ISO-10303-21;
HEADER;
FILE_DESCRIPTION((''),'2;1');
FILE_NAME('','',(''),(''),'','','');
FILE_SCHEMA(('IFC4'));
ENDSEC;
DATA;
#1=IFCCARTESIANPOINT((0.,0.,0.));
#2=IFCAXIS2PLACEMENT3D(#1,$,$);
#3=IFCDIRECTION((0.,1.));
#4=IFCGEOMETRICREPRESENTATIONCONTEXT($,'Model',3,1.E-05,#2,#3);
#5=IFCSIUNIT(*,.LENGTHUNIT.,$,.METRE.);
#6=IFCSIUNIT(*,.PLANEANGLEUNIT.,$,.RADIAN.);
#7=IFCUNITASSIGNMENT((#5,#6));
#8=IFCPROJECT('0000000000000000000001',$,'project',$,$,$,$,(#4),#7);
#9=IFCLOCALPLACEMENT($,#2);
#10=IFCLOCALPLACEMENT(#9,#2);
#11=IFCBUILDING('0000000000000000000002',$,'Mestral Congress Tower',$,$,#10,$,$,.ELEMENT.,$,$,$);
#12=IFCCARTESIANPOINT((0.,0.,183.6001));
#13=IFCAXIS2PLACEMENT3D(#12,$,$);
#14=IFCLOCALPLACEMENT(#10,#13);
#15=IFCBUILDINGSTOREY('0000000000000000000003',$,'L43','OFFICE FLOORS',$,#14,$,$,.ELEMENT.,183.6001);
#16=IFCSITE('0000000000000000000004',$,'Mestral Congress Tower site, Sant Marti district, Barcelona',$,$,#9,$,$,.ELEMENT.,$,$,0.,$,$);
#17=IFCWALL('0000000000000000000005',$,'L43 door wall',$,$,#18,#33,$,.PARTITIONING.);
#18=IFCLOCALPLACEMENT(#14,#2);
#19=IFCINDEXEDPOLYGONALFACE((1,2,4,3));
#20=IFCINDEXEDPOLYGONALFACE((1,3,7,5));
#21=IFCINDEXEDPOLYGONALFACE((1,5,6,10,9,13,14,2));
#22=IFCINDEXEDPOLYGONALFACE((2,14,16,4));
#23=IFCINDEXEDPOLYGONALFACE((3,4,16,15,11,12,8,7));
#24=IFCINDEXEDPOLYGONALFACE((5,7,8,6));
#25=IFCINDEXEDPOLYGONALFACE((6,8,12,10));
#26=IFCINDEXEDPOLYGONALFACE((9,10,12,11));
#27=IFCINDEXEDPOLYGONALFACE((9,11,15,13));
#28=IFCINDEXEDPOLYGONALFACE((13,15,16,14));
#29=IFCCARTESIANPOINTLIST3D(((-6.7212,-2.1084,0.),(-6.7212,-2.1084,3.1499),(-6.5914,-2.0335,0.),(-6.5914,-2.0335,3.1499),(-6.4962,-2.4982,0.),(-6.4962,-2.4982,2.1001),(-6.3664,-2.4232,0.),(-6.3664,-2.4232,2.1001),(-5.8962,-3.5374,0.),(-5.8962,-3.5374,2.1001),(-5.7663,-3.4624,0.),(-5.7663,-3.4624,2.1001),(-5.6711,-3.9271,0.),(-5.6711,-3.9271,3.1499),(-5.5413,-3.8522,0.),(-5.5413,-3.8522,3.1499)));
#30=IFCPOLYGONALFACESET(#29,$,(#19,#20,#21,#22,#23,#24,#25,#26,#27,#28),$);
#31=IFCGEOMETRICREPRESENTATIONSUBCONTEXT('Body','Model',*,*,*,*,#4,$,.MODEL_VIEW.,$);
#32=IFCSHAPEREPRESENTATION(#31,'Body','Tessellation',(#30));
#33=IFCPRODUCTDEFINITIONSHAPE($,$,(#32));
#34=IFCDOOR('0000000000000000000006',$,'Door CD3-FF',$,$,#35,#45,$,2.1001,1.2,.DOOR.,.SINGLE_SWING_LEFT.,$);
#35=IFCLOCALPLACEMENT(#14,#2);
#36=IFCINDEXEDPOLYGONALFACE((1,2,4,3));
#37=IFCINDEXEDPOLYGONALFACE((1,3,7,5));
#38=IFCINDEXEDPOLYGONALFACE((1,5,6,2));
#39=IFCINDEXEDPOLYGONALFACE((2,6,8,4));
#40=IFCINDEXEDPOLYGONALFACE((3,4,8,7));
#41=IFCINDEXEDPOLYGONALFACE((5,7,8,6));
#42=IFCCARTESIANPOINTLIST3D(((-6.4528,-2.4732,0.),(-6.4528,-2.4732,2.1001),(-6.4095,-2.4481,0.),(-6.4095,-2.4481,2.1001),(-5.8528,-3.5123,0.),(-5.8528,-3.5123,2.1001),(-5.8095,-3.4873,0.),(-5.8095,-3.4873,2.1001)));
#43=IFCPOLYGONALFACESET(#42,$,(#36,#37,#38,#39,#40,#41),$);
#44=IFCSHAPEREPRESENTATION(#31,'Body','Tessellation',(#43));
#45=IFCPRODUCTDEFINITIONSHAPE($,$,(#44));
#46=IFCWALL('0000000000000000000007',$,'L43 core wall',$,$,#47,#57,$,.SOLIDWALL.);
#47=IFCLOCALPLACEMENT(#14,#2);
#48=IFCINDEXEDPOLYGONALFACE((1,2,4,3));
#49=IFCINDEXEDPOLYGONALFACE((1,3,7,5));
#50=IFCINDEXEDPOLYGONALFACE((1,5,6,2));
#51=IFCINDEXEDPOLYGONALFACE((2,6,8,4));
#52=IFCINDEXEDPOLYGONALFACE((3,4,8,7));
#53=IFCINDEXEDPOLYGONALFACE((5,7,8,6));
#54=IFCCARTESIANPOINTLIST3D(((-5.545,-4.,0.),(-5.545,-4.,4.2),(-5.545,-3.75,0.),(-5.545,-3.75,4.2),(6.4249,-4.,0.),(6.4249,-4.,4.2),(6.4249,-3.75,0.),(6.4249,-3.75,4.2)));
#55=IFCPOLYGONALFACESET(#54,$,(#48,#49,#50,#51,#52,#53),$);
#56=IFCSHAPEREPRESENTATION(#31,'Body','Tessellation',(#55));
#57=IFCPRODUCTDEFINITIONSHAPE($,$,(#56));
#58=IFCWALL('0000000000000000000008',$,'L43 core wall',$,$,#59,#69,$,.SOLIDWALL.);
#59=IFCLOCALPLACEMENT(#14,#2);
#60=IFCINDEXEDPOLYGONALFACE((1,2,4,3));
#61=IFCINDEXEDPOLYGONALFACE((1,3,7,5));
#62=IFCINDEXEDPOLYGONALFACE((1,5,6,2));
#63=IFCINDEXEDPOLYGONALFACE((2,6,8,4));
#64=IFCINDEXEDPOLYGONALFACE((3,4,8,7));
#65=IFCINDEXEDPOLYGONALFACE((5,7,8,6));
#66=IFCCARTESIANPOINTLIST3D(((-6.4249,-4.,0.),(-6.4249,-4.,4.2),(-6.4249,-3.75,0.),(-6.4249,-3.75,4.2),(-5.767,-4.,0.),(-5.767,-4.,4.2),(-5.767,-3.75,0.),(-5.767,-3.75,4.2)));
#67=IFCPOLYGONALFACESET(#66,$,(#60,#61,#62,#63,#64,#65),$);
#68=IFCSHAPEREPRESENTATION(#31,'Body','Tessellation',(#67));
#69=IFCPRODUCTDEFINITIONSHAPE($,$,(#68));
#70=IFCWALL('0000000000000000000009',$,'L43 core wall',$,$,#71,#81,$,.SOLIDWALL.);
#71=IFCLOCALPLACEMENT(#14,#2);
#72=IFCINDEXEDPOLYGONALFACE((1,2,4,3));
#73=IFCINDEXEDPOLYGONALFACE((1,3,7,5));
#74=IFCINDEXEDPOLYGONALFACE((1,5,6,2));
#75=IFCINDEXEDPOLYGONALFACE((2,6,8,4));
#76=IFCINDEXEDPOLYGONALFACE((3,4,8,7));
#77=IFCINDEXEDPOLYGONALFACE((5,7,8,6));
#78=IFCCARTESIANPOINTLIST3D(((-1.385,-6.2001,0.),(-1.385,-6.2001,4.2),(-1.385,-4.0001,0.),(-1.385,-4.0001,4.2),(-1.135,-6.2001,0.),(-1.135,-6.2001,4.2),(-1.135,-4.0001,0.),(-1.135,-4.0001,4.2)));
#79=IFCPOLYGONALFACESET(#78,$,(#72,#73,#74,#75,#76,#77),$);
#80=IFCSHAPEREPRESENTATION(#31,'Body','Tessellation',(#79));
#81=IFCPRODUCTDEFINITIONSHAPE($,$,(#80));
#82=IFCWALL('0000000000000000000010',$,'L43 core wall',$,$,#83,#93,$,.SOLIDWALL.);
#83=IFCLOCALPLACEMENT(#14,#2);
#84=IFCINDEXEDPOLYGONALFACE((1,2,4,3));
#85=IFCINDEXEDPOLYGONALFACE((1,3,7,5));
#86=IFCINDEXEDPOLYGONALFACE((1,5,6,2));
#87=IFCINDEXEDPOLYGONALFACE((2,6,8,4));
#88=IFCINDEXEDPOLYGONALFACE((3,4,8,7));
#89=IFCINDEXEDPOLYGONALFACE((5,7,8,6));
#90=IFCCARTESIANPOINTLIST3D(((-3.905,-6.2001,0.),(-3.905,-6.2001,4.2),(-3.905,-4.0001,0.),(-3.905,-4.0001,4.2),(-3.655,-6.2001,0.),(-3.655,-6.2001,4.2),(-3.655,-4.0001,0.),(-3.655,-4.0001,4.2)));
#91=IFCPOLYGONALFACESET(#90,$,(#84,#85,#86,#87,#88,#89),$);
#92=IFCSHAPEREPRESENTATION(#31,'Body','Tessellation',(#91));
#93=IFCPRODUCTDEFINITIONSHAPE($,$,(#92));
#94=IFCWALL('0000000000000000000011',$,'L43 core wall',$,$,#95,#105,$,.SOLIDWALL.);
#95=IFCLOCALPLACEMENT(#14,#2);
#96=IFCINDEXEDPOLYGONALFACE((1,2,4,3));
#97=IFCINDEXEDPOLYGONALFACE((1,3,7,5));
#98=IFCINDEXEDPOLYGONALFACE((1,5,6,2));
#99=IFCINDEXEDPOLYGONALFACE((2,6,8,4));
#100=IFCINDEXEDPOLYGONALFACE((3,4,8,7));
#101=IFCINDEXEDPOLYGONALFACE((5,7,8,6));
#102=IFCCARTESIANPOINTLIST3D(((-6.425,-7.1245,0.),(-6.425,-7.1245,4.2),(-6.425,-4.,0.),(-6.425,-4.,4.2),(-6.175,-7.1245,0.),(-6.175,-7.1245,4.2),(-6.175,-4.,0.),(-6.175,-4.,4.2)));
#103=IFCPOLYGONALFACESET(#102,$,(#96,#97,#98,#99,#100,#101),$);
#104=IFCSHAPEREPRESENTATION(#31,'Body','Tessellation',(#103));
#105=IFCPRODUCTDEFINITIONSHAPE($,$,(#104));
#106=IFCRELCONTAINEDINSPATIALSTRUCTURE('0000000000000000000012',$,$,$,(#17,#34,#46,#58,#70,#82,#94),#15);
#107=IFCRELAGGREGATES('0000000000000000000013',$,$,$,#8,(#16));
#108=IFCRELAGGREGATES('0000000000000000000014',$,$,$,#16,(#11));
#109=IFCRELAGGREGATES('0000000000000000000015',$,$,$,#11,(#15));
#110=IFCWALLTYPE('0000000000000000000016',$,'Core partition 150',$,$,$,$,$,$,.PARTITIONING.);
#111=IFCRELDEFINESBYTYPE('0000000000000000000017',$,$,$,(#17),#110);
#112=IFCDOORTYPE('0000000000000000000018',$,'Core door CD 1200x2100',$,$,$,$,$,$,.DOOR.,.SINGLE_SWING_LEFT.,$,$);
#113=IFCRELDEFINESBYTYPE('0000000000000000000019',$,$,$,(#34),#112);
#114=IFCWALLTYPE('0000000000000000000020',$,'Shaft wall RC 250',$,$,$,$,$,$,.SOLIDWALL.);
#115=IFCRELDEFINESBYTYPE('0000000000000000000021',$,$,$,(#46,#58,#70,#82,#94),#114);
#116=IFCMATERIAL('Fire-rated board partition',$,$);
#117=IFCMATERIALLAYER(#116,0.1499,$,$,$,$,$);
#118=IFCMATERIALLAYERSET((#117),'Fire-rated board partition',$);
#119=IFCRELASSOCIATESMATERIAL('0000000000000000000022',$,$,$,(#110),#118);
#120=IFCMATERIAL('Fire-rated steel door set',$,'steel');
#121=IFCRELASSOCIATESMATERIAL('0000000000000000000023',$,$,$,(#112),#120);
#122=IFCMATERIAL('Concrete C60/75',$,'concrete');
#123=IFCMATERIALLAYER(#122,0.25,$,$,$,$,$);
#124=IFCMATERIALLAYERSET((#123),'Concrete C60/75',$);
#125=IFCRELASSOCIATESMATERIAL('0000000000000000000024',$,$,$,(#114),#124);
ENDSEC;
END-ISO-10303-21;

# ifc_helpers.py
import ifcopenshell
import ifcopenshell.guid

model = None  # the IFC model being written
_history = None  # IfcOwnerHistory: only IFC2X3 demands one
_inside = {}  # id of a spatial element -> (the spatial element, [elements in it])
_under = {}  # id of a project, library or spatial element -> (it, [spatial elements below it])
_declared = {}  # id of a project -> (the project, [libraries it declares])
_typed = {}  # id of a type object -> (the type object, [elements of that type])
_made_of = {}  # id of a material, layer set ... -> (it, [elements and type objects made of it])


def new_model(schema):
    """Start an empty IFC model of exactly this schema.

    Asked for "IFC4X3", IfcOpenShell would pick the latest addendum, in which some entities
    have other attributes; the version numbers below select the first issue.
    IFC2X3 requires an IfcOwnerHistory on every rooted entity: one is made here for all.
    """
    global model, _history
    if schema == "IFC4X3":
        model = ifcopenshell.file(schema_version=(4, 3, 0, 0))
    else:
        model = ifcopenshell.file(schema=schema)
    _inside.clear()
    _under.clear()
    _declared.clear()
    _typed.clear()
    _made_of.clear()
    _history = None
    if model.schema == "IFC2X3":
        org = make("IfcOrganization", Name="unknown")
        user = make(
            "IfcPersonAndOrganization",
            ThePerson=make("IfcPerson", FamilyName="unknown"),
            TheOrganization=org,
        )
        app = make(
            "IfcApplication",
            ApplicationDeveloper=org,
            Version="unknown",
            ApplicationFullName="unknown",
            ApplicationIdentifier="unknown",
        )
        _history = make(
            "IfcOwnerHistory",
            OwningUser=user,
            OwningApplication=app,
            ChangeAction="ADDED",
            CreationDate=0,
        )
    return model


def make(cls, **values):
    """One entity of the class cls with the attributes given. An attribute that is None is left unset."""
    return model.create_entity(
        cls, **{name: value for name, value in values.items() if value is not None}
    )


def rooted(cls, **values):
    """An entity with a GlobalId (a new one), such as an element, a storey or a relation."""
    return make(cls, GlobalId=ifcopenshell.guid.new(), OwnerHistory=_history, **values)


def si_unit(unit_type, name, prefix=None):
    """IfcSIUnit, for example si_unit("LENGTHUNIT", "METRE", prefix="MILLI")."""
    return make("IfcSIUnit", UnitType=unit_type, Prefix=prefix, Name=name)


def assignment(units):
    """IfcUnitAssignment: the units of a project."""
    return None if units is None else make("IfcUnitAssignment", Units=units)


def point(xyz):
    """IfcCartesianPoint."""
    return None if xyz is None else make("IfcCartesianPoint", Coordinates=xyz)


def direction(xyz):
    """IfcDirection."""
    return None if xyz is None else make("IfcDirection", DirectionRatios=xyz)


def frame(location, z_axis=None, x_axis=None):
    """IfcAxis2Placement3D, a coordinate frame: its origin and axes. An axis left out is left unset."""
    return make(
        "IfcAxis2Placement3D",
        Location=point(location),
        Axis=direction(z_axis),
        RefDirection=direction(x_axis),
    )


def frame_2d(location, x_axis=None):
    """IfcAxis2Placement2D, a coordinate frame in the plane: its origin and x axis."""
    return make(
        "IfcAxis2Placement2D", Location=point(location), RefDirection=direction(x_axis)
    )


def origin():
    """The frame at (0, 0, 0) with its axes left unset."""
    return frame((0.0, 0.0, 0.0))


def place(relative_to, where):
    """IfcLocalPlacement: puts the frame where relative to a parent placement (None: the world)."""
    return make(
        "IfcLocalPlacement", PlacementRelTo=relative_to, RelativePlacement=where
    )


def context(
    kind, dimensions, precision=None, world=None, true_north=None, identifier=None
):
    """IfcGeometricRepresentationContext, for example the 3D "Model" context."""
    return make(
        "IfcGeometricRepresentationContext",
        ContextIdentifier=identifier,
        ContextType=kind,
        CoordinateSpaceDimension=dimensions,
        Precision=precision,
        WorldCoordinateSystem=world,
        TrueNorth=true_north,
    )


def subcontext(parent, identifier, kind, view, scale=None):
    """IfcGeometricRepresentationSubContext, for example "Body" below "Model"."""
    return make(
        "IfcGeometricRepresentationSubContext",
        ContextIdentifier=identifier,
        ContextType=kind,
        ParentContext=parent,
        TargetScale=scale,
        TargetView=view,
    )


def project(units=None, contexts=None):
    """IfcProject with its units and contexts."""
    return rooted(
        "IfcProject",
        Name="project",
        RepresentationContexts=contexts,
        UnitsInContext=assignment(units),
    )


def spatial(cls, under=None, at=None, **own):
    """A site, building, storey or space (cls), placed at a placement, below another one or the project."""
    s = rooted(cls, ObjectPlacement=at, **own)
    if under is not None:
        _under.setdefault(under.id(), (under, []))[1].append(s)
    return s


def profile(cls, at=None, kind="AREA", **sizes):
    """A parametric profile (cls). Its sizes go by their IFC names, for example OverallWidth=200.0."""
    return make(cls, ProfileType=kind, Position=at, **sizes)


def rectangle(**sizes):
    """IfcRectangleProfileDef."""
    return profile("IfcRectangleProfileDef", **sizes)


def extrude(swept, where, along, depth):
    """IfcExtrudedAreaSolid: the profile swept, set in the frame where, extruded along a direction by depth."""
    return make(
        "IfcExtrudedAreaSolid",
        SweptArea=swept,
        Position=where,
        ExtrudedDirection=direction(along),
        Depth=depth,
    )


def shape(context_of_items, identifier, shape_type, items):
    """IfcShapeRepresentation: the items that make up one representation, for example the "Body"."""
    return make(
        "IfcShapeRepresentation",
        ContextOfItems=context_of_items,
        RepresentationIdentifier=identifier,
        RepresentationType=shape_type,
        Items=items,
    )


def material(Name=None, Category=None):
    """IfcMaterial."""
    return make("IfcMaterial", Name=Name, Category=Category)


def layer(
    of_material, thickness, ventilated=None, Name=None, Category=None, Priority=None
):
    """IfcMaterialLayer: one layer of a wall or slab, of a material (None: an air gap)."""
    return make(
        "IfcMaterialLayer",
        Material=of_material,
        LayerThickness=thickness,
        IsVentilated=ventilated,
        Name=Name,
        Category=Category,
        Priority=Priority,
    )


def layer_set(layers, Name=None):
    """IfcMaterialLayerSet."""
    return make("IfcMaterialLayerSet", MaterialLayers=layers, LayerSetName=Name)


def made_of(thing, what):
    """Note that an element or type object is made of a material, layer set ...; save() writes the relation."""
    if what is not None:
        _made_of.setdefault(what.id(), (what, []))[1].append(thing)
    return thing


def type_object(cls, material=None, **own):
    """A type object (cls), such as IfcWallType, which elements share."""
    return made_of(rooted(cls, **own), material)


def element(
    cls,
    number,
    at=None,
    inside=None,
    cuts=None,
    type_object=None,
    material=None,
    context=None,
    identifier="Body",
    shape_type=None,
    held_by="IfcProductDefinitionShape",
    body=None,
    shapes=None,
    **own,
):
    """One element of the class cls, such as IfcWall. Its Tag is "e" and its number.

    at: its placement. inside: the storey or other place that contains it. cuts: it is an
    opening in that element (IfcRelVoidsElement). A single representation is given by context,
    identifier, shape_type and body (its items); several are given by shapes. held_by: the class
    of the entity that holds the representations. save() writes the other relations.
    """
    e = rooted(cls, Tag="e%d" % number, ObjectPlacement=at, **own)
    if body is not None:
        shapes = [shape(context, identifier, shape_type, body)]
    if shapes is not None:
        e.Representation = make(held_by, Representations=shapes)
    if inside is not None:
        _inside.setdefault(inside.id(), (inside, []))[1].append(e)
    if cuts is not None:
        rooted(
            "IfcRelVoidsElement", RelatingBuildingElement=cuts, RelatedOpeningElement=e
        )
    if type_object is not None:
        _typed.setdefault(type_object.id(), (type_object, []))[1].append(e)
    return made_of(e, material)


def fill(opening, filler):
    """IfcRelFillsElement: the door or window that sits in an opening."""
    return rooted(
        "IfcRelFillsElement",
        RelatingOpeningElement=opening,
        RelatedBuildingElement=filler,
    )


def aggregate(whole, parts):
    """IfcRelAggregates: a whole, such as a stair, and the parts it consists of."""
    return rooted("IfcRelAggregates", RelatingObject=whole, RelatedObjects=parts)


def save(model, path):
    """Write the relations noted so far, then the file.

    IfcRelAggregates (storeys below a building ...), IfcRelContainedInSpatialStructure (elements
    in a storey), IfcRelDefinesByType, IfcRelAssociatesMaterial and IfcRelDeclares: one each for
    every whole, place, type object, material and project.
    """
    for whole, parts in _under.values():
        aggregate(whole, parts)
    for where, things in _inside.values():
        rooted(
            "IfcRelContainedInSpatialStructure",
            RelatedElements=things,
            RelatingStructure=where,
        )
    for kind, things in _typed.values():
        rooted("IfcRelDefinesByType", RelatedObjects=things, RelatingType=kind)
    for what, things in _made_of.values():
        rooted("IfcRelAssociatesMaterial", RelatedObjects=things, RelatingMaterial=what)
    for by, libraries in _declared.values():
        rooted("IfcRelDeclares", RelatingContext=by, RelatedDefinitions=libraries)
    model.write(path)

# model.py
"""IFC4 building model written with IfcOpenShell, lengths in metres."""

from ifc_helpers import new_model, si_unit, direction, frame, frame_2d, origin, place, context, subcontext, project, spatial, rectangle, extrude, material, layer, layer_set, type_object, element, fill, save


model = new_model("IFC4")

# Units and contexts
model_context = context("Model", 3, precision=1e-05, world=origin(), true_north=direction((0.0, 1.0)))
body_context = subcontext(model_context, "Body", "Model", "MODEL_VIEW")
ifc_project = project(units=[si_unit("LENGTHUNIT", "METRE"), si_unit("PLANEANGLEUNIT", "RADIAN")], contexts=[model_context])

# Site, building, storey
site_placement = place(None, origin())
site = spatial("IfcSite", under=ifc_project, at=site_placement, Name="Mestral Congress Tower site, Sant Marti district, Barcelona", CompositionType="ELEMENT", RefElevation=0.0)
building_placement = place(site_placement, origin())
building = spatial("IfcBuilding", under=site, at=building_placement, Name="Mestral Congress Tower", CompositionType="ELEMENT")
storey_placement = place(building_placement, frame((0.0, 0.0, 183.6001)))
storey = spatial("IfcBuildingStorey", under=building, at=storey_placement, Name="L43", Description="OFFICE FLOORS", CompositionType="ELEMENT", Elevation=183.6001)

# Wall, opening, door
ifc_material_1 = material(Name="Fire-rated board partition")
ifc_layer_1 = layer(ifc_material_1, 0.1499)
ifc_layer_set_1 = layer_set([ifc_layer_1], Name="Fire-rated board partition")
wall_type_1 = type_object("IfcWallType", Name="Core partition 150", PredefinedType="PARTITIONING", material=ifc_layer_set_1)
wall_1_placement = place(storey_placement, frame((-5.6062, -3.8896, 0.0), z_axis=(0.0, 0.0, 1.0), x_axis=(-0.500028, 0.866009, 0.0)))
wall_1 = element("IfcWall", 1, at=wall_1_placement, inside=storey, type_object=wall_type_1, Name="L43 door wall", PredefinedType="PARTITIONING", context=body_context, shape_type="SweptSolid", body=[
    extrude(rectangle(XDim=2.1001, YDim=0.1499, at=frame_2d((1.05, 0.0))), origin(), (0.0, 0.0, 1.0), 3.1499),
])
opening_1_placement = place(wall_1_placement, frame((0.45, 0.0, 0.0)))
opening_1 = element("IfcOpeningElement", 2, at=opening_1_placement, cuts=wall_1, PredefinedType="OPENING", context=body_context, shape_type="SweptSolid", body=[
    extrude(rectangle(XDim=1.2, YDim=2.1001, at=frame_2d((0.6001, 1.05))), frame((0.0, 0.085, 0.0), z_axis=(0.0, -1.0, 0.0), x_axis=(1.0, 0.0, 0.0)), (0.0, 0.0, 1.0), 0.1699),
])
ifc_material_2 = material(Name="Fire-rated steel door set", Category="steel")
door_type_1 = type_object("IfcDoorType", Name="Core door CD 1200x2100", OperationType="SINGLE_SWING_LEFT", PredefinedType="DOOR", material=ifc_material_2)
door_1_placement = place(opening_1_placement, origin())
door_1 = element("IfcDoor", 3, at=door_1_placement, inside=storey, type_object=door_type_1, Name="Door CD3-FF", OperationType="SINGLE_SWING_LEFT", OverallHeight=2.1001, OverallWidth=1.2, PredefinedType="DOOR", context=body_context, shape_type="SweptSolid", body=[
    extrude(rectangle(XDim=1.2, YDim=2.1001, at=frame_2d((0.6001, 1.05))), frame((0.0, 0.0249, 0.0), z_axis=(0.0, -1.0, 0.0), x_axis=(1.0, 0.0, 0.0)), (0.0, 0.0, 1.0), 0.05),
])
fill(opening_1, door_1)

# Walls
ifc_material_3 = material(Name="Concrete C60/75", Category="concrete")
ifc_layer_2 = layer(ifc_material_3, 0.25)
ifc_layer_set_2 = layer_set([ifc_layer_2], Name="Concrete C60/75")
wall_type_2 = type_object("IfcWallType", Name="Shaft wall RC 250", PredefinedType="SOLIDWALL", material=ifc_layer_set_2)
wall_2_placement = place(storey_placement, frame((-5.5449, -3.875, 0.0), z_axis=(0.0, 0.0, 1.0), x_axis=(1.0, 0.0, 0.0)))
element("IfcWall", 4, at=wall_2_placement, inside=storey, type_object=wall_type_2, Name="L43 core wall", PredefinedType="SOLIDWALL", context=body_context, shape_type="SweptSolid", body=[
    extrude(rectangle(XDim=11.97, YDim=0.25, at=frame_2d((5.9849, 0.0))), origin(), (0.0, 0.0, 1.0), 4.2),
])
wall_3_placement = place(storey_placement, frame((-6.425, -3.875, 0.0), z_axis=(0.0, 0.0, 1.0), x_axis=(1.0, 0.0, 0.0)))
element("IfcWall", 5, at=wall_3_placement, inside=storey, type_object=wall_type_2, Name="L43 core wall", PredefinedType="SOLIDWALL", context=body_context, shape_type="SweptSolid", body=[
    extrude(rectangle(XDim=0.658, YDim=0.25, at=frame_2d((0.3291, 0.0))), origin(), (0.0, 0.0, 1.0), 4.2),
])
for number, where, z_axis, x_axis, name in (
    (6, (-1.26, -4.0, 0.0), (0.0, 0.0, 1.0), (0.0, -1.0, 0.0), "L43 core wall"),
    (7, (-3.78, -4.0, 0.0), (0.0, 0.0, 1.0), (0.0, -1.0, 0.0), "L43 core wall"),
):
    element("IfcWall", number, at=place(storey_placement, frame(where, z_axis=z_axis, x_axis=x_axis)), inside=storey, type_object=wall_type_2, Name=name, PredefinedType="SOLIDWALL", context=body_context, shape_type="SweptSolid", body=[
        extrude(rectangle(XDim=2.2, YDim=0.25, at=frame_2d((1.1001, 0.0))), origin(), (0.0, 0.0, 1.0), 4.2),
    ])
wall_4_placement = place(storey_placement, frame((-6.3, -7.1245, 0.0), z_axis=(0.0, 0.0, 1.0), x_axis=(0.0, 1.0, 0.0)))
element("IfcWall", 8, at=wall_4_placement, inside=storey, type_object=wall_type_2, Name="L43 core wall", PredefinedType="SOLIDWALL", context=body_context, shape_type="SweptSolid", body=[
    extrude(rectangle(XDim=3.1245, YDim=0.25, at=frame_2d((1.5623, 0.0))), origin(), (0.0, 0.0, 1.0), 4.2),
])

save(model, "model.ifc")
